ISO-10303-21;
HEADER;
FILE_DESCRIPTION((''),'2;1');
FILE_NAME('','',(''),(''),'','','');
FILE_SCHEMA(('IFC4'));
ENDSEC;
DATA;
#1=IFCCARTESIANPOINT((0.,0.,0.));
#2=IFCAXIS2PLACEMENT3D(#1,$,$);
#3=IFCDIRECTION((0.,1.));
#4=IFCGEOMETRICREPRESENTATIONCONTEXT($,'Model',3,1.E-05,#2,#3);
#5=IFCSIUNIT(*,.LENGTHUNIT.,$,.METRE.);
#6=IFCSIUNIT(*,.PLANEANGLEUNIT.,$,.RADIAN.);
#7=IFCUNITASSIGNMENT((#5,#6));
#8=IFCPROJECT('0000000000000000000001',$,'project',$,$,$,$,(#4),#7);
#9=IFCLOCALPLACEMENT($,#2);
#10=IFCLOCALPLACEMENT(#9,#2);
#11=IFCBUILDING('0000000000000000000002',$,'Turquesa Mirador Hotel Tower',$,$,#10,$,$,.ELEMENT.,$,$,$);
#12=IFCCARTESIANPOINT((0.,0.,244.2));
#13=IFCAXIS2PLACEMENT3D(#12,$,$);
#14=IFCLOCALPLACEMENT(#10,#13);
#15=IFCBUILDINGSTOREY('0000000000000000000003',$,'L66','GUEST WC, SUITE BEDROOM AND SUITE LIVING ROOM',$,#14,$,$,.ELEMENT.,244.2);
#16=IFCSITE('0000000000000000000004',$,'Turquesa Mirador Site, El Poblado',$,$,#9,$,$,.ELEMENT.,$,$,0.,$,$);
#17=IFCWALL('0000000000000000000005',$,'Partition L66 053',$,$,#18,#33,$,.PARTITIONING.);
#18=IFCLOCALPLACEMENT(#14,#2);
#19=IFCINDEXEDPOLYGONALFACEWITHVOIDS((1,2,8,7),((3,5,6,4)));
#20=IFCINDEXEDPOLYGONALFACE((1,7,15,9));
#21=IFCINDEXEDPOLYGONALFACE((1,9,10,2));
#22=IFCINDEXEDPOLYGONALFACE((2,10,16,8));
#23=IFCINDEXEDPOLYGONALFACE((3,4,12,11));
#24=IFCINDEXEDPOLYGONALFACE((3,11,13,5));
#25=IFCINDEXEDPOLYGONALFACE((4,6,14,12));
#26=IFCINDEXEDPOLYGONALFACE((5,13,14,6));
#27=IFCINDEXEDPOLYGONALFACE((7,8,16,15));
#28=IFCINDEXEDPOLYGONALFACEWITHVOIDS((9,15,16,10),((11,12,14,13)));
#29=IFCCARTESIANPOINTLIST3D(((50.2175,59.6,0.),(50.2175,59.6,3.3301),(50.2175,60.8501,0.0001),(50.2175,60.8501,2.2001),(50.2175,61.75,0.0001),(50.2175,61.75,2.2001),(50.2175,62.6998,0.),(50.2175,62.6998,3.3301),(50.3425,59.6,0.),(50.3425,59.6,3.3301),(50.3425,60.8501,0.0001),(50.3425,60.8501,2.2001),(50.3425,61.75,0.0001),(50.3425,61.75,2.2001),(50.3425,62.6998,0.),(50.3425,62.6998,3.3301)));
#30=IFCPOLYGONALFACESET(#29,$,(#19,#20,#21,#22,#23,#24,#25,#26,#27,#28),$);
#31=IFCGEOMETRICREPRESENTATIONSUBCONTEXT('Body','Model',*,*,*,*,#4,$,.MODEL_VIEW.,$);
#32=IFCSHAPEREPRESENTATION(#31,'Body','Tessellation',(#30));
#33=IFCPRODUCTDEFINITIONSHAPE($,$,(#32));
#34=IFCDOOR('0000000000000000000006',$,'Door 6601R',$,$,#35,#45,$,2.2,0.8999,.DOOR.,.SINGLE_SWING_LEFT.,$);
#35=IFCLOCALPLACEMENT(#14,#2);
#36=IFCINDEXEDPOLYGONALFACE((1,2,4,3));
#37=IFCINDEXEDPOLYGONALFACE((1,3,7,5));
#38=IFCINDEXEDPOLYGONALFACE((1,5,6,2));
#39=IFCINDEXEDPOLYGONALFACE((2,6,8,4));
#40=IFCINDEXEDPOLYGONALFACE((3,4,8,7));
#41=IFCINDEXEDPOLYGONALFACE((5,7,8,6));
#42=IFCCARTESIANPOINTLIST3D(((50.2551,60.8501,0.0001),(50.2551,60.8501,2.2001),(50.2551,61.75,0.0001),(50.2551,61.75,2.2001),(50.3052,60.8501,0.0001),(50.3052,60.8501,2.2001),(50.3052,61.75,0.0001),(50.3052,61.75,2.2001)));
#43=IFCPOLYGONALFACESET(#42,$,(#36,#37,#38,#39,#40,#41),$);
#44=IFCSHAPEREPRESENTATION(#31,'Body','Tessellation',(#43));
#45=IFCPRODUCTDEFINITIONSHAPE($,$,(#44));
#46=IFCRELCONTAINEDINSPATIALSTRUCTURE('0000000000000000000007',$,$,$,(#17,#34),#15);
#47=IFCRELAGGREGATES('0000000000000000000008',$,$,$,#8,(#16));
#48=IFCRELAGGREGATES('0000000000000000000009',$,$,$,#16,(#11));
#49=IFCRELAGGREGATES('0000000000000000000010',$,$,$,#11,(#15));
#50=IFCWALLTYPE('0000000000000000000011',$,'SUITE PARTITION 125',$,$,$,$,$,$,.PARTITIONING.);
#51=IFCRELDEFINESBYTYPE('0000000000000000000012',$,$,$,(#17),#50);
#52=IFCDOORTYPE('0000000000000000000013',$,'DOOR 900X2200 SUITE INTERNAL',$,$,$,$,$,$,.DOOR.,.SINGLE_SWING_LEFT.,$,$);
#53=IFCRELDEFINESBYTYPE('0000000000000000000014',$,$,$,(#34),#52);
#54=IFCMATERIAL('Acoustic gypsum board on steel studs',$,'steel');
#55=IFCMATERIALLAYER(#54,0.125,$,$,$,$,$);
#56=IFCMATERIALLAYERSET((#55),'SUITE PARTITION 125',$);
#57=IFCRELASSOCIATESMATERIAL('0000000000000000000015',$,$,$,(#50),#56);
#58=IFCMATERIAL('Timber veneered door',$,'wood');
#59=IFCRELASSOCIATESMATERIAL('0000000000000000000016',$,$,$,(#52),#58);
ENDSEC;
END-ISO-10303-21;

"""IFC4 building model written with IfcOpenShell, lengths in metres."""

from ifc_helpers import new_model, si_unit, direction, frame, frame_2d, origin, place, context, subcontext, project, spatial, rectangle, extrude, material, layer, layer_set, type_object, element, fill, save


model = new_model("IFC4")

# Units and contexts
model_context = context("Model", 3, precision=1e-05, world=origin(), true_north=direction((0.0, 1.0)))
body_context = subcontext(model_context, "Body", "Model", "MODEL_VIEW")
ifc_project = project(units=[si_unit("LENGTHUNIT", "METRE"), si_unit("PLANEANGLEUNIT", "RADIAN")], contexts=[model_context])

# Site, building, storey
site_placement = place(None, origin())
site = spatial("IfcSite", under=ifc_project, at=site_placement, Name="Turquesa Mirador Site, El Poblado", CompositionType="ELEMENT", RefElevation=0.0)
building_placement = place(site_placement, origin())
building = spatial("IfcBuilding", under=site, at=building_placement, Name="Turquesa Mirador Hotel Tower", CompositionType="ELEMENT")
storey_placement = place(building_placement, frame((0.0, 0.0, 244.2)))
storey = spatial("IfcBuildingStorey", under=building, at=storey_placement, Name="L66", Description="GUEST WC, SUITE BEDROOM AND SUITE LIVING ROOM", CompositionType="ELEMENT", Elevation=244.2)

# Wall, opening, door
ifc_material_1 = material(Name="Acoustic gypsum board on steel studs", Category="steel")
ifc_layer_1 = layer(ifc_material_1, 0.125)
ifc_layer_set_1 = layer_set([ifc_layer_1], Name="SUITE PARTITION 125")
wall_type_1 = type_object("IfcWallType", Name="SUITE PARTITION 125", PredefinedType="PARTITIONING", material=ifc_layer_set_1)
ifc_material_2 = material(Name="Timber veneered door", Category="wood")
door_type_1 = type_object("IfcDoorType", Name="DOOR 900X2200 SUITE INTERNAL", OperationType="SINGLE_SWING_LEFT", PredefinedType="DOOR", material=ifc_material_2)
wall_1_placement = place(storey_placement, frame((50.28, 59.6001, 0.0), z_axis=(0.0, 0.0, 1.0), x_axis=(0.0, 1.0, 0.0)))
wall_1 = element("IfcWall", 1, at=wall_1_placement, inside=storey, type_object=wall_type_1, Name="Partition L66 053", PredefinedType="PARTITIONING", context=body_context, shape_type="SweptSolid", body=[
    extrude(rectangle(XDim=3.0999, YDim=0.125, at=frame_2d((1.5498, 0.0))), origin(), (0.0, 0.0, 1.0), 3.3301),
])
opening_1_placement = place(wall_1_placement, frame((1.25, 0.0, 0.0)))
opening_1 = element("IfcOpeningElement", 2, at=opening_1_placement, cuts=wall_1, PredefinedType="OPENING", context=body_context, shape_type="SweptSolid", body=[
    extrude(rectangle(XDim=0.8999, YDim=2.2, at=frame_2d((0.45, 1.1001))), frame((0.0, 0.0725, 0.0), z_axis=(0.0, -1.0, 0.0), x_axis=(1.0, 0.0, 0.0)), (0.0, 0.0, 1.0), 0.145),
])
door_1_placement = place(opening_1_placement, origin())
door_1 = element("IfcDoor", 3, at=door_1_placement, inside=storey, type_object=door_type_1, Name="Door 6601R", OperationType="SINGLE_SWING_LEFT", OverallHeight=2.2, OverallWidth=0.8999, PredefinedType="DOOR", context=body_context, shape_type="SweptSolid", body=[
    extrude(rectangle(XDim=0.8999, YDim=2.2, at=frame_2d((0.45, 1.1001))), frame((0.0, 0.0249, 0.0), z_axis=(0.0, -1.0, 0.0), x_axis=(1.0, 0.0, 0.0)), (0.0, 0.0, 1.0), 0.05),
])
fill(opening_1, door_1)

save(model, "model.ifc")
